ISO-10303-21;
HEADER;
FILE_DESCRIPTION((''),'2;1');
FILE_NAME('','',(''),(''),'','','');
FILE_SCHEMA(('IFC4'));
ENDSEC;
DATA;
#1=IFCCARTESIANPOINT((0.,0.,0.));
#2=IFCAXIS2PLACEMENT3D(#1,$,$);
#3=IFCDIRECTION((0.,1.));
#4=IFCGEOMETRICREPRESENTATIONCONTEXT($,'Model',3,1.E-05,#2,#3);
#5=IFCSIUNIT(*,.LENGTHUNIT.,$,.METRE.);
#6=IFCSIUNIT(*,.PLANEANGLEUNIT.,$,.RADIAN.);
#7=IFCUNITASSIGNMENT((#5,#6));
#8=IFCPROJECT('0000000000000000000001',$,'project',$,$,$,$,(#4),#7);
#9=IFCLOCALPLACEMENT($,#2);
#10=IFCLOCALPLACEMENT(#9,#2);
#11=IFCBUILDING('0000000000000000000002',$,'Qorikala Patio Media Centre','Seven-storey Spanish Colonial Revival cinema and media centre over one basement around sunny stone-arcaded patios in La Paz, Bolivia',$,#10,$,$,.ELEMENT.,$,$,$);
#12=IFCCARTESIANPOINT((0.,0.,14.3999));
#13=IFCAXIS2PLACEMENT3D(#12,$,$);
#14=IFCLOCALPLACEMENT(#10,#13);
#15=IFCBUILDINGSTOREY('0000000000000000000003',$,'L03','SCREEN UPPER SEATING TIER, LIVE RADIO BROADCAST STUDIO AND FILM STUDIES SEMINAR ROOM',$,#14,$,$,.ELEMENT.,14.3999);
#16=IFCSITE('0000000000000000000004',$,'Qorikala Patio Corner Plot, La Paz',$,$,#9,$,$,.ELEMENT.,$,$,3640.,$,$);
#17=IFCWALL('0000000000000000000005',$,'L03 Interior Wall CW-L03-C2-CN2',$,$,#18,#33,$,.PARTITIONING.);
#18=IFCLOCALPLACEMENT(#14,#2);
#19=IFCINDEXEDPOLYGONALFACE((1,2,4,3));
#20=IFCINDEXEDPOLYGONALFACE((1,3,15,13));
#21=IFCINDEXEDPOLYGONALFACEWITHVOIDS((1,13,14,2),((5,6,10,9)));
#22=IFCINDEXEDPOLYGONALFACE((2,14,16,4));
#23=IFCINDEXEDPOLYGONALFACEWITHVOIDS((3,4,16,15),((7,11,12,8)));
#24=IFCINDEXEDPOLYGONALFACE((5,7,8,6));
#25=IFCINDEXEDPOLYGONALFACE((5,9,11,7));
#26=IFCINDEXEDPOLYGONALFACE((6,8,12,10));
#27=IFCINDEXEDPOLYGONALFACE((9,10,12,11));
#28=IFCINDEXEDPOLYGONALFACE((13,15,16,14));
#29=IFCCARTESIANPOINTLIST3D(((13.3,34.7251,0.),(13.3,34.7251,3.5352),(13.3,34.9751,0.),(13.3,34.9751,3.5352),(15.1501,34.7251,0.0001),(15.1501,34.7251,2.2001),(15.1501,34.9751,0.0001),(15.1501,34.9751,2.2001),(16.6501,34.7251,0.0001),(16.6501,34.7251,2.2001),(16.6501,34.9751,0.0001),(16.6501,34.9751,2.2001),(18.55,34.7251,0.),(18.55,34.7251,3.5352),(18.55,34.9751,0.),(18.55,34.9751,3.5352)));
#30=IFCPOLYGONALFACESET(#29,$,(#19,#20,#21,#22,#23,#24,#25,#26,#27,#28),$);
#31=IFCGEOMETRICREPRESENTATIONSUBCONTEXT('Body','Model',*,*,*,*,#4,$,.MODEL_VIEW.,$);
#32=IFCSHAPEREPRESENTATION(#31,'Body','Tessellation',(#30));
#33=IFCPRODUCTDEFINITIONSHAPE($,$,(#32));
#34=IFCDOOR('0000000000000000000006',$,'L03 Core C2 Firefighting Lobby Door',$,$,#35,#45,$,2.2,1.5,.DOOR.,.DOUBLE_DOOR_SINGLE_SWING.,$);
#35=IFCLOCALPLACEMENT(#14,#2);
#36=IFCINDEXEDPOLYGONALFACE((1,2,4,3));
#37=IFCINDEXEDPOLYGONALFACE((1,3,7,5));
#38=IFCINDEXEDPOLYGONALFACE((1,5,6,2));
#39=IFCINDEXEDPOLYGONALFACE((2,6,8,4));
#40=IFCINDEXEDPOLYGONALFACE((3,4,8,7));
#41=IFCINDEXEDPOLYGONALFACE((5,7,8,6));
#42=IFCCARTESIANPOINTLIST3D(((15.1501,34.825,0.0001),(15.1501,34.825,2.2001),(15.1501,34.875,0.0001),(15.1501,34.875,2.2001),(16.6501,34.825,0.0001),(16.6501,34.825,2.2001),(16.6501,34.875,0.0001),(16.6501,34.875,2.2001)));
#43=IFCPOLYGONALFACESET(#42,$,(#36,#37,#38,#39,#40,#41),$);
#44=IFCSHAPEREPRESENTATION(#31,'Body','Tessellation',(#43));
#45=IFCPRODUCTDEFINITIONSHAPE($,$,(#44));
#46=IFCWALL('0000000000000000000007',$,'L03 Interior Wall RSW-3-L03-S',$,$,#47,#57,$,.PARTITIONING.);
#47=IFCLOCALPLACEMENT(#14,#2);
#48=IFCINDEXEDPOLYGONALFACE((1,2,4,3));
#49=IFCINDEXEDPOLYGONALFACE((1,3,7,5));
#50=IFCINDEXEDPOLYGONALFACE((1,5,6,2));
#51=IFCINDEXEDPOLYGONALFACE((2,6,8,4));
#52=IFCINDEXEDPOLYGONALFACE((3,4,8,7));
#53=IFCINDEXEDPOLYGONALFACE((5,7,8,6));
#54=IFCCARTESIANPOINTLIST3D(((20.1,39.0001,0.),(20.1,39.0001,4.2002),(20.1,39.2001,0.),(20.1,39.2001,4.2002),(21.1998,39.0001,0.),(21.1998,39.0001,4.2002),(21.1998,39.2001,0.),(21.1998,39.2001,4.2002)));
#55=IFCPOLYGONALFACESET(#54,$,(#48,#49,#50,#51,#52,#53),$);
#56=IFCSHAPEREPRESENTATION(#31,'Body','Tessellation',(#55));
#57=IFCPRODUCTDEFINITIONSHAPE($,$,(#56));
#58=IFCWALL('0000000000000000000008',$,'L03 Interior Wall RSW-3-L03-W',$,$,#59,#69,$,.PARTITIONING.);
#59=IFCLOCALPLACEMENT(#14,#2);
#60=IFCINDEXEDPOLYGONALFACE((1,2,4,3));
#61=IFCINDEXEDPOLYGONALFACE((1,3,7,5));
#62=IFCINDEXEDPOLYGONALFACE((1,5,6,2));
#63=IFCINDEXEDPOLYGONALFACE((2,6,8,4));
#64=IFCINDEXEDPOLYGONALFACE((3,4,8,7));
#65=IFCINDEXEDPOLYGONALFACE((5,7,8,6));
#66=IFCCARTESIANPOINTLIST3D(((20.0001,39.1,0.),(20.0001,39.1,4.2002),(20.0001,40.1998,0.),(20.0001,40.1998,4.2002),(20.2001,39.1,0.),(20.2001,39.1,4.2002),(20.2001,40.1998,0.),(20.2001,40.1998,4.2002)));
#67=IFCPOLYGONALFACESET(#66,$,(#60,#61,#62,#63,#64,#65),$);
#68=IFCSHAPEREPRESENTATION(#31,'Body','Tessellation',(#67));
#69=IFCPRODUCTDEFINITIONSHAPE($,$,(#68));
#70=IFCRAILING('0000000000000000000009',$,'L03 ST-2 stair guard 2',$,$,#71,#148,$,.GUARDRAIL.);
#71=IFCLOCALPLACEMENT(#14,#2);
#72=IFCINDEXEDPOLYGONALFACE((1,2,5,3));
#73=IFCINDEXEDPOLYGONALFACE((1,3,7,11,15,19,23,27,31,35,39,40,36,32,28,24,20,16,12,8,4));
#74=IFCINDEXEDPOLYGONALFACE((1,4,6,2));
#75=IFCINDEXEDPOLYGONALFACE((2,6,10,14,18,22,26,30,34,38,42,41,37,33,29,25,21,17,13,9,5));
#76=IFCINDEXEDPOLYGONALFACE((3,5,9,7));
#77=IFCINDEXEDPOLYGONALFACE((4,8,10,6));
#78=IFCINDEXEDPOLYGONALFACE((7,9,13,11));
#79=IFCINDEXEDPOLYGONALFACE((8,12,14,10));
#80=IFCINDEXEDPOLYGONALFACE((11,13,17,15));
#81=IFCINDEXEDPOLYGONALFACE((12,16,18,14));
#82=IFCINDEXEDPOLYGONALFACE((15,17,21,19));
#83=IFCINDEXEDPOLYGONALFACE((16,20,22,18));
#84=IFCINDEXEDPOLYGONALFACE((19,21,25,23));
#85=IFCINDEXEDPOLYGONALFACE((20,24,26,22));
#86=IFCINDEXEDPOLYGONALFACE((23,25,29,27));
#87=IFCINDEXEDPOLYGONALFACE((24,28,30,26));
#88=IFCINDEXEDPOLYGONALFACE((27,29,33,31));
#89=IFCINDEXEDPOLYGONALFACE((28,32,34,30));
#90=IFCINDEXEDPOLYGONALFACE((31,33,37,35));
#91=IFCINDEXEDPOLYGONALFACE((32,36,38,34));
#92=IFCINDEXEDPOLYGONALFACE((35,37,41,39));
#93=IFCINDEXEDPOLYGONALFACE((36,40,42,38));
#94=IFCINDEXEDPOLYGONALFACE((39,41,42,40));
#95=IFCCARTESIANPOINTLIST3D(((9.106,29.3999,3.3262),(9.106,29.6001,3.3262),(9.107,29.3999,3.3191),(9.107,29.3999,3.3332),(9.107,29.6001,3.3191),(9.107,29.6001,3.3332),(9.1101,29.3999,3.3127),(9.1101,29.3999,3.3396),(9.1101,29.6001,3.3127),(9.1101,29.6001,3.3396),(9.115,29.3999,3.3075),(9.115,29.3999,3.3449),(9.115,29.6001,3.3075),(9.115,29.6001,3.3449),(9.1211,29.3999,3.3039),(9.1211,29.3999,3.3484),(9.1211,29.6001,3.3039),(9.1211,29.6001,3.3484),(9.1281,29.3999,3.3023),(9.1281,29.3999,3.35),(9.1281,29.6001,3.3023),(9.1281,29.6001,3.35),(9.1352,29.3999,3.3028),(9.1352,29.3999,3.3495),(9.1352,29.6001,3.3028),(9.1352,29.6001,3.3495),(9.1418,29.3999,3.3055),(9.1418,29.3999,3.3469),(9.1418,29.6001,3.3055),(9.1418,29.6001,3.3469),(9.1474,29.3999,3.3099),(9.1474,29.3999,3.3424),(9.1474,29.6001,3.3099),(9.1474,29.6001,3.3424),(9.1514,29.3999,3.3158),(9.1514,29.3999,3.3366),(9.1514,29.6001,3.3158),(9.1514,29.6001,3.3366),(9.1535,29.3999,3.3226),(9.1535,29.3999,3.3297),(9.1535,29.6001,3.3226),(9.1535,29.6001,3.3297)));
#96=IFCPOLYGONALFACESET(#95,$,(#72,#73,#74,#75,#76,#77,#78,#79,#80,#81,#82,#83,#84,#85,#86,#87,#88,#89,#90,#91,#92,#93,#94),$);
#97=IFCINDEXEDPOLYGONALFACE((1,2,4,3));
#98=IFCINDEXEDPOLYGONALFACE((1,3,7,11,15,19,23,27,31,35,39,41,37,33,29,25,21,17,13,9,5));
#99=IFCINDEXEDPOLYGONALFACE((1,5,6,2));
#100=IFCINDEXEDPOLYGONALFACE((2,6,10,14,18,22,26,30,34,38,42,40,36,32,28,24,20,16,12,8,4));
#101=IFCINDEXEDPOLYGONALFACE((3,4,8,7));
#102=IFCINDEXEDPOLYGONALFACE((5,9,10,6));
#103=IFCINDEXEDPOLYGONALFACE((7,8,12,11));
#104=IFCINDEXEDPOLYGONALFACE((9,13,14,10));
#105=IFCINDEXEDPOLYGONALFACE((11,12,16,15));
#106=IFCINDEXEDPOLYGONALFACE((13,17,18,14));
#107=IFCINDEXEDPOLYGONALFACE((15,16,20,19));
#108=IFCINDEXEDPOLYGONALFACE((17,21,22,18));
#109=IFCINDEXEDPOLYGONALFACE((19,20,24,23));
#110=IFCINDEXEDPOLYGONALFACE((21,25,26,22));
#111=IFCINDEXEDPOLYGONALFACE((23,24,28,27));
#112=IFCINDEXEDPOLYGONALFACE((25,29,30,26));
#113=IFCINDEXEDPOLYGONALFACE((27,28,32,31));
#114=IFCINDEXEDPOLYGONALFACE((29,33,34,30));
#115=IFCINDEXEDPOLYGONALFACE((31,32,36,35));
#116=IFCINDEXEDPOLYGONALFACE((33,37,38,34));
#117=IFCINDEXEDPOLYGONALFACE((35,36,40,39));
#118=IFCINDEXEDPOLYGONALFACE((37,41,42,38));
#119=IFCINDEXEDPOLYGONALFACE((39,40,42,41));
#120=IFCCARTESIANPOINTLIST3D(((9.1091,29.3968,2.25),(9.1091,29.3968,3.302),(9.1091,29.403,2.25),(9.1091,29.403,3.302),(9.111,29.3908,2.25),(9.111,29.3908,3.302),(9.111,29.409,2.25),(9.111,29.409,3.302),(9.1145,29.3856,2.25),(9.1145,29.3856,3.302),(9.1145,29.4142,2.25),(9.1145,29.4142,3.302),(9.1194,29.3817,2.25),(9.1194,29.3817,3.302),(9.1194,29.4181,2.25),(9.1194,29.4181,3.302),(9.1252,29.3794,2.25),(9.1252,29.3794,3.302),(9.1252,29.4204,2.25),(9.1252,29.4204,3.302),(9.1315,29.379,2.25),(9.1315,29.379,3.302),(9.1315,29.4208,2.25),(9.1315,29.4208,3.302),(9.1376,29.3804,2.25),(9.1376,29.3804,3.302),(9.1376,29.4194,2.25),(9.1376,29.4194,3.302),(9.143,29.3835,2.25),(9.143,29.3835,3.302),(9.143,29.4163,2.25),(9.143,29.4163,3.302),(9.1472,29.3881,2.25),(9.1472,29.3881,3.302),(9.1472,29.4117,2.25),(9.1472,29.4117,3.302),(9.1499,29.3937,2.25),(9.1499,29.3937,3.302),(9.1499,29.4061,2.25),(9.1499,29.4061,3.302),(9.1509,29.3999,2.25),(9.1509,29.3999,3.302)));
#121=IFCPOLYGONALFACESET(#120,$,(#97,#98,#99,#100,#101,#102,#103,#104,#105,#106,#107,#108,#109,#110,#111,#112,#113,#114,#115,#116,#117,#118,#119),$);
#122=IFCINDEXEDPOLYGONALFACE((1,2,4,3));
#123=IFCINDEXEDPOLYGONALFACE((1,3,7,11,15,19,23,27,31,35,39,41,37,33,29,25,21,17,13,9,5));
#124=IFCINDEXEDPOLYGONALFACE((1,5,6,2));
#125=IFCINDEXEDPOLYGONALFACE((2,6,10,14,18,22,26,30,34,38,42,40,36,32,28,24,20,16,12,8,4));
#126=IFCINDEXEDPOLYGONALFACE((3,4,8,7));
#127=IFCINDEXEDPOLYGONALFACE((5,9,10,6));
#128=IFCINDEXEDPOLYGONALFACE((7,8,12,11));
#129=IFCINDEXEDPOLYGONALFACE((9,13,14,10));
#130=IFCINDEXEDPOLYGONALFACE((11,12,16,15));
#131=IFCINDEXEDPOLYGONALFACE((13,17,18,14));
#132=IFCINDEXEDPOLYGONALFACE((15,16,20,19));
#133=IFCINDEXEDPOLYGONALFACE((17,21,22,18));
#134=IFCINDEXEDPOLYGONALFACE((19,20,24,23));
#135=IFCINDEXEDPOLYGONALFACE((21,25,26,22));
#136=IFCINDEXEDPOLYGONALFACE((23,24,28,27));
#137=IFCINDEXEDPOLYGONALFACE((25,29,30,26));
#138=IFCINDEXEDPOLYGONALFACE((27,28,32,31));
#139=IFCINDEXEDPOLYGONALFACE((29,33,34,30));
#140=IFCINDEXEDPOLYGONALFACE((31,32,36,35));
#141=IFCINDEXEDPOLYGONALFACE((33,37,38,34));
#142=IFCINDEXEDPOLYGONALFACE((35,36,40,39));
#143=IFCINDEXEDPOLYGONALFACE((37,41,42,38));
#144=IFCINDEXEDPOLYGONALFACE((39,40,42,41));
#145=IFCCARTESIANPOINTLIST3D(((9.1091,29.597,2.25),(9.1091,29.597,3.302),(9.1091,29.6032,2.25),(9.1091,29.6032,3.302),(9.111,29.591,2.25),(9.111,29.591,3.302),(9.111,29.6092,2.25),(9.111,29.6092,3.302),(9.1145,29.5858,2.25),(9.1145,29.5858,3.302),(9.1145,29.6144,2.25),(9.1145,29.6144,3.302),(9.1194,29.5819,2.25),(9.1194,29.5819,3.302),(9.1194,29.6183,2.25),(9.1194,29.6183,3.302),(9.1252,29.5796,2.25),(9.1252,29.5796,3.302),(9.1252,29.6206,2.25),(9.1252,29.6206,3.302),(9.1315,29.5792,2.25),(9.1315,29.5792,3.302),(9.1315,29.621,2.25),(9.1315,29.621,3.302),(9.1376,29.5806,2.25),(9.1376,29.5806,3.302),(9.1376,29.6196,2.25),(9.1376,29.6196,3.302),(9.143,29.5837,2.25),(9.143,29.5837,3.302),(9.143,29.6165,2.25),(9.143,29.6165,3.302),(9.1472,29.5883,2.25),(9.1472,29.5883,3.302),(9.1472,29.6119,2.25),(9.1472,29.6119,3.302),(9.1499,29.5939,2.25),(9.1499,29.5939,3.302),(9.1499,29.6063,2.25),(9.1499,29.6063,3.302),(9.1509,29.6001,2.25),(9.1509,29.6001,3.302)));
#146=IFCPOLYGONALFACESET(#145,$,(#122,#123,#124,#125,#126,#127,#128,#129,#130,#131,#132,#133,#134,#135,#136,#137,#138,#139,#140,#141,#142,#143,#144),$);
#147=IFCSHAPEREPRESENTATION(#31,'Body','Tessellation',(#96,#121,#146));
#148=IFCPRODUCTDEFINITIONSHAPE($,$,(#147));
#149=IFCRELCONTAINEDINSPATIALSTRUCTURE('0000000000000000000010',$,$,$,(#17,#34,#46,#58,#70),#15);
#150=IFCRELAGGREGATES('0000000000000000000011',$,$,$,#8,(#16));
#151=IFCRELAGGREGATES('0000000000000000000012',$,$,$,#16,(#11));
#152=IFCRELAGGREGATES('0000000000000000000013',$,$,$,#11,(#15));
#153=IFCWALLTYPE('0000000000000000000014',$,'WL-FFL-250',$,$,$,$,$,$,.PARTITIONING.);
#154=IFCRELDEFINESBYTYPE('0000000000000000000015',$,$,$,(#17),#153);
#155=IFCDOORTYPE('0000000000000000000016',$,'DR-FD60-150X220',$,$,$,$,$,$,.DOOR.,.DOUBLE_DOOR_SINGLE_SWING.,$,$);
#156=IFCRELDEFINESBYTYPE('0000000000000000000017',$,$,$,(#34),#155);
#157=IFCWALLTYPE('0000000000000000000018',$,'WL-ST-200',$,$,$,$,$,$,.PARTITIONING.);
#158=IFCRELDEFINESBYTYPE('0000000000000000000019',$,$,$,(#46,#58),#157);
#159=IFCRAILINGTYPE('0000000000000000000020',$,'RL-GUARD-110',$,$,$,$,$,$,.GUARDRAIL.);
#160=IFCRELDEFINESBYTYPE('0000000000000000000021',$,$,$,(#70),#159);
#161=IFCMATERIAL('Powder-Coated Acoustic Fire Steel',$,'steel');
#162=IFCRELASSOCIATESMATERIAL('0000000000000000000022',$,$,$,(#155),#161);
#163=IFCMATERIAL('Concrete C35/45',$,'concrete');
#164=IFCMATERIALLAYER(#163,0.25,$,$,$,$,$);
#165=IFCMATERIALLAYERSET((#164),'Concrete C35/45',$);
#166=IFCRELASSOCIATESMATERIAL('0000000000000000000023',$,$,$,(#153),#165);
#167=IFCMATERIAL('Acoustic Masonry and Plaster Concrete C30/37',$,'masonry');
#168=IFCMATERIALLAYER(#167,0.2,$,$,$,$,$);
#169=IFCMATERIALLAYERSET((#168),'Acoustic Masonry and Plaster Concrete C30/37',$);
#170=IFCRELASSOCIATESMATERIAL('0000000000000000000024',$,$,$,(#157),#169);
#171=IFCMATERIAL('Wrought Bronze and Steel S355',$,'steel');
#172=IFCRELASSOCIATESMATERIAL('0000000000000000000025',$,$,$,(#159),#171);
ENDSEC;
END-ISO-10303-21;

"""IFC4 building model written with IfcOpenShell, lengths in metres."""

from ifc_helpers import new_model, si_unit, direction, frame, frame_2d, origin, origin_2d, place, context, subcontext, project, spatial, rectangle, circle, extrude, material, layer, layer_set, type_object, element, fill, save


model = new_model("IFC4")

# Units and contexts
model_context = context("Model", 3, precision=1e-05, world=origin(), true_north=direction((0.0, 1.0)))
body_context = subcontext(model_context, "Body", "Model", "MODEL_VIEW")
ifc_project = project(units=[si_unit("LENGTHUNIT", "METRE"), si_unit("PLANEANGLEUNIT", "RADIAN")], contexts=[model_context])

# Site, building, storey
site_placement = place(None, origin())
site = spatial("IfcSite", under=ifc_project, at=site_placement, Name="Qorikala Patio Corner Plot, La Paz", CompositionType="ELEMENT", RefElevation=3640.0)
building_placement = place(site_placement, origin())
building = spatial("IfcBuilding", under=site, at=building_placement, Name="Qorikala Patio Media Centre", Description="Seven-storey Spanish Colonial Revival cinema and media centre over one basement around sunny stone-arcaded patios in La Paz, Bolivia", CompositionType="ELEMENT")
storey_placement = place(building_placement, frame((0.0, 0.0, 14.3999)))
storey = spatial("IfcBuildingStorey", under=building, at=storey_placement, Name="L03", Description="SCREEN UPPER SEATING TIER, LIVE RADIO BROADCAST STUDIO AND FILM STUDIES SEMINAR ROOM", CompositionType="ELEMENT", Elevation=14.3999)

# Shared definitions
ifc_material_1 = material(Name="Concrete C35/45", Category="concrete")

# Shared definitions
ifc_material_2 = material(Name="Powder-Coated Acoustic Fire Steel", Category="steel")
door_type_1 = type_object("IfcDoorType", Name="DR-FD60-150X220", OperationType="DOUBLE_DOOR_SINGLE_SWING", PredefinedType="DOOR", material=ifc_material_2)

# Wall, opening, door
ifc_layer_1 = layer(ifc_material_1, 0.25)
ifc_layer_set_1 = layer_set([ifc_layer_1], Name="Concrete C35/45")
wall_type_1 = type_object("IfcWallType", Name="WL-FFL-250", PredefinedType="PARTITIONING", material=ifc_layer_set_1)
wall_1_placement = place(storey_placement, frame((13.3, 34.8501, 0.0), z_axis=(0.0, 0.0, 1.0), x_axis=(1.0, 0.0, 0.0)))
wall_1 = element("IfcWall", 1, at=wall_1_placement, inside=storey, type_object=wall_type_1, Name="L03 Interior Wall CW-L03-C2-CN2", PredefinedType="PARTITIONING", context=body_context, shape_type="SweptSolid", body=[
    extrude(rectangle(XDim=5.25, YDim=0.25, at=frame_2d((2.625, 0.0))), origin(), (0.0, 0.0, 1.0), 3.5352),
])
opening_1_placement = place(wall_1_placement, frame((1.8501, 0.0, 0.0)))
opening_1 = element("IfcOpeningElement", 2, at=opening_1_placement, cuts=wall_1, PredefinedType="OPENING", context=body_context, shape_type="SweptSolid", body=[
    extrude(rectangle(XDim=1.5, YDim=2.2, at=frame_2d((0.75, 1.1001))), frame((0.0, 0.135, 0.0), z_axis=(0.0, -1.0, 0.0), x_axis=(1.0, 0.0, 0.0)), (0.0, 0.0, 1.0), 0.27),
])
door_1_placement = place(opening_1_placement, origin())
door_1 = element("IfcDoor", 3, at=door_1_placement, inside=storey, type_object=door_type_1, Name="L03 Core C2 Firefighting Lobby Door", OperationType="DOUBLE_DOOR_SINGLE_SWING", OverallHeight=2.2, OverallWidth=1.5, PredefinedType="DOOR", context=body_context, shape_type="SweptSolid", body=[
    extrude(rectangle(XDim=1.5, YDim=2.2, at=frame_2d((0.75, 1.1001))), frame((0.0, 0.0249, 0.0), z_axis=(0.0, -1.0, 0.0), x_axis=(1.0, 0.0, 0.0)), (0.0, 0.0, 1.0), 0.05),
])
fill(opening_1, door_1)

# Walls
ifc_material_3 = material(Name="Acoustic Masonry and Plaster Concrete C30/37", Category="masonry")
ifc_layer_2 = layer(ifc_material_3, 0.2)
ifc_layer_set_2 = layer_set([ifc_layer_2], Name="Acoustic Masonry and Plaster Concrete C30/37")
wall_type_2 = type_object("IfcWallType", Name="WL-ST-200", PredefinedType="PARTITIONING", material=ifc_layer_set_2)
for number, where, z_axis, x_axis, name in (
    (4, (20.1001, 39.1001, 0.0), (0.0, 0.0, 1.0), (1.0, 0.0, 0.0), "L03 Interior Wall RSW-3-L03-S"),
    (5, (20.1001, 39.1001, 0.0), (0.0, 0.0, 1.0), (0.0, 1.0, 0.0), "L03 Interior Wall RSW-3-L03-W"),
):
    element("IfcWall", number, at=place(storey_placement, frame(where, z_axis=z_axis, x_axis=x_axis)), inside=storey, type_object=wall_type_2, Name=name, PredefinedType="PARTITIONING", context=body_context, shape_type="SweptSolid", body=[
        extrude(rectangle(XDim=1.0999, YDim=0.2, at=frame_2d((0.5498, 0.0))), origin(), (0.0, 0.0, 1.0), 4.2002),
    ])

# Railing
ifc_material_4 = material(Name="Wrought Bronze and Steel S355", Category="steel")
railing_type_1 = type_object("IfcRailingType", Name="RL-GUARD-110", PredefinedType="GUARDRAIL", material=ifc_material_4)
railing_1_placement = place(storey_placement, frame((9.1299, 29.3999, 2.25)))
element("IfcRailing", 6, at=railing_1_placement, inside=storey, type_object=railing_type_1, Name="L03 ST-2 stair guard 2", PredefinedType="GUARDRAIL", context=body_context, shape_type="SweptSolid", body=[
    extrude(circle(Radius=0.0239, at=origin_2d()), frame((0.0, 0.0, 1.0762), z_axis=(0.0, 1.0, 0.0), x_axis=(-1.0, 0.0, 0.0)), (0.0, 0.0, 1.0), 0.2002),
    extrude(circle(Radius=0.021, at=origin_2d()), origin(), (0.0, 0.0, 1.0), 1.052),
    extrude(circle(Radius=0.021, at=origin_2d()), frame((0.0, 0.2002, 0.0)), (0.0, 0.0, 1.0), 1.052),
])

save(model, "model.ifc")
